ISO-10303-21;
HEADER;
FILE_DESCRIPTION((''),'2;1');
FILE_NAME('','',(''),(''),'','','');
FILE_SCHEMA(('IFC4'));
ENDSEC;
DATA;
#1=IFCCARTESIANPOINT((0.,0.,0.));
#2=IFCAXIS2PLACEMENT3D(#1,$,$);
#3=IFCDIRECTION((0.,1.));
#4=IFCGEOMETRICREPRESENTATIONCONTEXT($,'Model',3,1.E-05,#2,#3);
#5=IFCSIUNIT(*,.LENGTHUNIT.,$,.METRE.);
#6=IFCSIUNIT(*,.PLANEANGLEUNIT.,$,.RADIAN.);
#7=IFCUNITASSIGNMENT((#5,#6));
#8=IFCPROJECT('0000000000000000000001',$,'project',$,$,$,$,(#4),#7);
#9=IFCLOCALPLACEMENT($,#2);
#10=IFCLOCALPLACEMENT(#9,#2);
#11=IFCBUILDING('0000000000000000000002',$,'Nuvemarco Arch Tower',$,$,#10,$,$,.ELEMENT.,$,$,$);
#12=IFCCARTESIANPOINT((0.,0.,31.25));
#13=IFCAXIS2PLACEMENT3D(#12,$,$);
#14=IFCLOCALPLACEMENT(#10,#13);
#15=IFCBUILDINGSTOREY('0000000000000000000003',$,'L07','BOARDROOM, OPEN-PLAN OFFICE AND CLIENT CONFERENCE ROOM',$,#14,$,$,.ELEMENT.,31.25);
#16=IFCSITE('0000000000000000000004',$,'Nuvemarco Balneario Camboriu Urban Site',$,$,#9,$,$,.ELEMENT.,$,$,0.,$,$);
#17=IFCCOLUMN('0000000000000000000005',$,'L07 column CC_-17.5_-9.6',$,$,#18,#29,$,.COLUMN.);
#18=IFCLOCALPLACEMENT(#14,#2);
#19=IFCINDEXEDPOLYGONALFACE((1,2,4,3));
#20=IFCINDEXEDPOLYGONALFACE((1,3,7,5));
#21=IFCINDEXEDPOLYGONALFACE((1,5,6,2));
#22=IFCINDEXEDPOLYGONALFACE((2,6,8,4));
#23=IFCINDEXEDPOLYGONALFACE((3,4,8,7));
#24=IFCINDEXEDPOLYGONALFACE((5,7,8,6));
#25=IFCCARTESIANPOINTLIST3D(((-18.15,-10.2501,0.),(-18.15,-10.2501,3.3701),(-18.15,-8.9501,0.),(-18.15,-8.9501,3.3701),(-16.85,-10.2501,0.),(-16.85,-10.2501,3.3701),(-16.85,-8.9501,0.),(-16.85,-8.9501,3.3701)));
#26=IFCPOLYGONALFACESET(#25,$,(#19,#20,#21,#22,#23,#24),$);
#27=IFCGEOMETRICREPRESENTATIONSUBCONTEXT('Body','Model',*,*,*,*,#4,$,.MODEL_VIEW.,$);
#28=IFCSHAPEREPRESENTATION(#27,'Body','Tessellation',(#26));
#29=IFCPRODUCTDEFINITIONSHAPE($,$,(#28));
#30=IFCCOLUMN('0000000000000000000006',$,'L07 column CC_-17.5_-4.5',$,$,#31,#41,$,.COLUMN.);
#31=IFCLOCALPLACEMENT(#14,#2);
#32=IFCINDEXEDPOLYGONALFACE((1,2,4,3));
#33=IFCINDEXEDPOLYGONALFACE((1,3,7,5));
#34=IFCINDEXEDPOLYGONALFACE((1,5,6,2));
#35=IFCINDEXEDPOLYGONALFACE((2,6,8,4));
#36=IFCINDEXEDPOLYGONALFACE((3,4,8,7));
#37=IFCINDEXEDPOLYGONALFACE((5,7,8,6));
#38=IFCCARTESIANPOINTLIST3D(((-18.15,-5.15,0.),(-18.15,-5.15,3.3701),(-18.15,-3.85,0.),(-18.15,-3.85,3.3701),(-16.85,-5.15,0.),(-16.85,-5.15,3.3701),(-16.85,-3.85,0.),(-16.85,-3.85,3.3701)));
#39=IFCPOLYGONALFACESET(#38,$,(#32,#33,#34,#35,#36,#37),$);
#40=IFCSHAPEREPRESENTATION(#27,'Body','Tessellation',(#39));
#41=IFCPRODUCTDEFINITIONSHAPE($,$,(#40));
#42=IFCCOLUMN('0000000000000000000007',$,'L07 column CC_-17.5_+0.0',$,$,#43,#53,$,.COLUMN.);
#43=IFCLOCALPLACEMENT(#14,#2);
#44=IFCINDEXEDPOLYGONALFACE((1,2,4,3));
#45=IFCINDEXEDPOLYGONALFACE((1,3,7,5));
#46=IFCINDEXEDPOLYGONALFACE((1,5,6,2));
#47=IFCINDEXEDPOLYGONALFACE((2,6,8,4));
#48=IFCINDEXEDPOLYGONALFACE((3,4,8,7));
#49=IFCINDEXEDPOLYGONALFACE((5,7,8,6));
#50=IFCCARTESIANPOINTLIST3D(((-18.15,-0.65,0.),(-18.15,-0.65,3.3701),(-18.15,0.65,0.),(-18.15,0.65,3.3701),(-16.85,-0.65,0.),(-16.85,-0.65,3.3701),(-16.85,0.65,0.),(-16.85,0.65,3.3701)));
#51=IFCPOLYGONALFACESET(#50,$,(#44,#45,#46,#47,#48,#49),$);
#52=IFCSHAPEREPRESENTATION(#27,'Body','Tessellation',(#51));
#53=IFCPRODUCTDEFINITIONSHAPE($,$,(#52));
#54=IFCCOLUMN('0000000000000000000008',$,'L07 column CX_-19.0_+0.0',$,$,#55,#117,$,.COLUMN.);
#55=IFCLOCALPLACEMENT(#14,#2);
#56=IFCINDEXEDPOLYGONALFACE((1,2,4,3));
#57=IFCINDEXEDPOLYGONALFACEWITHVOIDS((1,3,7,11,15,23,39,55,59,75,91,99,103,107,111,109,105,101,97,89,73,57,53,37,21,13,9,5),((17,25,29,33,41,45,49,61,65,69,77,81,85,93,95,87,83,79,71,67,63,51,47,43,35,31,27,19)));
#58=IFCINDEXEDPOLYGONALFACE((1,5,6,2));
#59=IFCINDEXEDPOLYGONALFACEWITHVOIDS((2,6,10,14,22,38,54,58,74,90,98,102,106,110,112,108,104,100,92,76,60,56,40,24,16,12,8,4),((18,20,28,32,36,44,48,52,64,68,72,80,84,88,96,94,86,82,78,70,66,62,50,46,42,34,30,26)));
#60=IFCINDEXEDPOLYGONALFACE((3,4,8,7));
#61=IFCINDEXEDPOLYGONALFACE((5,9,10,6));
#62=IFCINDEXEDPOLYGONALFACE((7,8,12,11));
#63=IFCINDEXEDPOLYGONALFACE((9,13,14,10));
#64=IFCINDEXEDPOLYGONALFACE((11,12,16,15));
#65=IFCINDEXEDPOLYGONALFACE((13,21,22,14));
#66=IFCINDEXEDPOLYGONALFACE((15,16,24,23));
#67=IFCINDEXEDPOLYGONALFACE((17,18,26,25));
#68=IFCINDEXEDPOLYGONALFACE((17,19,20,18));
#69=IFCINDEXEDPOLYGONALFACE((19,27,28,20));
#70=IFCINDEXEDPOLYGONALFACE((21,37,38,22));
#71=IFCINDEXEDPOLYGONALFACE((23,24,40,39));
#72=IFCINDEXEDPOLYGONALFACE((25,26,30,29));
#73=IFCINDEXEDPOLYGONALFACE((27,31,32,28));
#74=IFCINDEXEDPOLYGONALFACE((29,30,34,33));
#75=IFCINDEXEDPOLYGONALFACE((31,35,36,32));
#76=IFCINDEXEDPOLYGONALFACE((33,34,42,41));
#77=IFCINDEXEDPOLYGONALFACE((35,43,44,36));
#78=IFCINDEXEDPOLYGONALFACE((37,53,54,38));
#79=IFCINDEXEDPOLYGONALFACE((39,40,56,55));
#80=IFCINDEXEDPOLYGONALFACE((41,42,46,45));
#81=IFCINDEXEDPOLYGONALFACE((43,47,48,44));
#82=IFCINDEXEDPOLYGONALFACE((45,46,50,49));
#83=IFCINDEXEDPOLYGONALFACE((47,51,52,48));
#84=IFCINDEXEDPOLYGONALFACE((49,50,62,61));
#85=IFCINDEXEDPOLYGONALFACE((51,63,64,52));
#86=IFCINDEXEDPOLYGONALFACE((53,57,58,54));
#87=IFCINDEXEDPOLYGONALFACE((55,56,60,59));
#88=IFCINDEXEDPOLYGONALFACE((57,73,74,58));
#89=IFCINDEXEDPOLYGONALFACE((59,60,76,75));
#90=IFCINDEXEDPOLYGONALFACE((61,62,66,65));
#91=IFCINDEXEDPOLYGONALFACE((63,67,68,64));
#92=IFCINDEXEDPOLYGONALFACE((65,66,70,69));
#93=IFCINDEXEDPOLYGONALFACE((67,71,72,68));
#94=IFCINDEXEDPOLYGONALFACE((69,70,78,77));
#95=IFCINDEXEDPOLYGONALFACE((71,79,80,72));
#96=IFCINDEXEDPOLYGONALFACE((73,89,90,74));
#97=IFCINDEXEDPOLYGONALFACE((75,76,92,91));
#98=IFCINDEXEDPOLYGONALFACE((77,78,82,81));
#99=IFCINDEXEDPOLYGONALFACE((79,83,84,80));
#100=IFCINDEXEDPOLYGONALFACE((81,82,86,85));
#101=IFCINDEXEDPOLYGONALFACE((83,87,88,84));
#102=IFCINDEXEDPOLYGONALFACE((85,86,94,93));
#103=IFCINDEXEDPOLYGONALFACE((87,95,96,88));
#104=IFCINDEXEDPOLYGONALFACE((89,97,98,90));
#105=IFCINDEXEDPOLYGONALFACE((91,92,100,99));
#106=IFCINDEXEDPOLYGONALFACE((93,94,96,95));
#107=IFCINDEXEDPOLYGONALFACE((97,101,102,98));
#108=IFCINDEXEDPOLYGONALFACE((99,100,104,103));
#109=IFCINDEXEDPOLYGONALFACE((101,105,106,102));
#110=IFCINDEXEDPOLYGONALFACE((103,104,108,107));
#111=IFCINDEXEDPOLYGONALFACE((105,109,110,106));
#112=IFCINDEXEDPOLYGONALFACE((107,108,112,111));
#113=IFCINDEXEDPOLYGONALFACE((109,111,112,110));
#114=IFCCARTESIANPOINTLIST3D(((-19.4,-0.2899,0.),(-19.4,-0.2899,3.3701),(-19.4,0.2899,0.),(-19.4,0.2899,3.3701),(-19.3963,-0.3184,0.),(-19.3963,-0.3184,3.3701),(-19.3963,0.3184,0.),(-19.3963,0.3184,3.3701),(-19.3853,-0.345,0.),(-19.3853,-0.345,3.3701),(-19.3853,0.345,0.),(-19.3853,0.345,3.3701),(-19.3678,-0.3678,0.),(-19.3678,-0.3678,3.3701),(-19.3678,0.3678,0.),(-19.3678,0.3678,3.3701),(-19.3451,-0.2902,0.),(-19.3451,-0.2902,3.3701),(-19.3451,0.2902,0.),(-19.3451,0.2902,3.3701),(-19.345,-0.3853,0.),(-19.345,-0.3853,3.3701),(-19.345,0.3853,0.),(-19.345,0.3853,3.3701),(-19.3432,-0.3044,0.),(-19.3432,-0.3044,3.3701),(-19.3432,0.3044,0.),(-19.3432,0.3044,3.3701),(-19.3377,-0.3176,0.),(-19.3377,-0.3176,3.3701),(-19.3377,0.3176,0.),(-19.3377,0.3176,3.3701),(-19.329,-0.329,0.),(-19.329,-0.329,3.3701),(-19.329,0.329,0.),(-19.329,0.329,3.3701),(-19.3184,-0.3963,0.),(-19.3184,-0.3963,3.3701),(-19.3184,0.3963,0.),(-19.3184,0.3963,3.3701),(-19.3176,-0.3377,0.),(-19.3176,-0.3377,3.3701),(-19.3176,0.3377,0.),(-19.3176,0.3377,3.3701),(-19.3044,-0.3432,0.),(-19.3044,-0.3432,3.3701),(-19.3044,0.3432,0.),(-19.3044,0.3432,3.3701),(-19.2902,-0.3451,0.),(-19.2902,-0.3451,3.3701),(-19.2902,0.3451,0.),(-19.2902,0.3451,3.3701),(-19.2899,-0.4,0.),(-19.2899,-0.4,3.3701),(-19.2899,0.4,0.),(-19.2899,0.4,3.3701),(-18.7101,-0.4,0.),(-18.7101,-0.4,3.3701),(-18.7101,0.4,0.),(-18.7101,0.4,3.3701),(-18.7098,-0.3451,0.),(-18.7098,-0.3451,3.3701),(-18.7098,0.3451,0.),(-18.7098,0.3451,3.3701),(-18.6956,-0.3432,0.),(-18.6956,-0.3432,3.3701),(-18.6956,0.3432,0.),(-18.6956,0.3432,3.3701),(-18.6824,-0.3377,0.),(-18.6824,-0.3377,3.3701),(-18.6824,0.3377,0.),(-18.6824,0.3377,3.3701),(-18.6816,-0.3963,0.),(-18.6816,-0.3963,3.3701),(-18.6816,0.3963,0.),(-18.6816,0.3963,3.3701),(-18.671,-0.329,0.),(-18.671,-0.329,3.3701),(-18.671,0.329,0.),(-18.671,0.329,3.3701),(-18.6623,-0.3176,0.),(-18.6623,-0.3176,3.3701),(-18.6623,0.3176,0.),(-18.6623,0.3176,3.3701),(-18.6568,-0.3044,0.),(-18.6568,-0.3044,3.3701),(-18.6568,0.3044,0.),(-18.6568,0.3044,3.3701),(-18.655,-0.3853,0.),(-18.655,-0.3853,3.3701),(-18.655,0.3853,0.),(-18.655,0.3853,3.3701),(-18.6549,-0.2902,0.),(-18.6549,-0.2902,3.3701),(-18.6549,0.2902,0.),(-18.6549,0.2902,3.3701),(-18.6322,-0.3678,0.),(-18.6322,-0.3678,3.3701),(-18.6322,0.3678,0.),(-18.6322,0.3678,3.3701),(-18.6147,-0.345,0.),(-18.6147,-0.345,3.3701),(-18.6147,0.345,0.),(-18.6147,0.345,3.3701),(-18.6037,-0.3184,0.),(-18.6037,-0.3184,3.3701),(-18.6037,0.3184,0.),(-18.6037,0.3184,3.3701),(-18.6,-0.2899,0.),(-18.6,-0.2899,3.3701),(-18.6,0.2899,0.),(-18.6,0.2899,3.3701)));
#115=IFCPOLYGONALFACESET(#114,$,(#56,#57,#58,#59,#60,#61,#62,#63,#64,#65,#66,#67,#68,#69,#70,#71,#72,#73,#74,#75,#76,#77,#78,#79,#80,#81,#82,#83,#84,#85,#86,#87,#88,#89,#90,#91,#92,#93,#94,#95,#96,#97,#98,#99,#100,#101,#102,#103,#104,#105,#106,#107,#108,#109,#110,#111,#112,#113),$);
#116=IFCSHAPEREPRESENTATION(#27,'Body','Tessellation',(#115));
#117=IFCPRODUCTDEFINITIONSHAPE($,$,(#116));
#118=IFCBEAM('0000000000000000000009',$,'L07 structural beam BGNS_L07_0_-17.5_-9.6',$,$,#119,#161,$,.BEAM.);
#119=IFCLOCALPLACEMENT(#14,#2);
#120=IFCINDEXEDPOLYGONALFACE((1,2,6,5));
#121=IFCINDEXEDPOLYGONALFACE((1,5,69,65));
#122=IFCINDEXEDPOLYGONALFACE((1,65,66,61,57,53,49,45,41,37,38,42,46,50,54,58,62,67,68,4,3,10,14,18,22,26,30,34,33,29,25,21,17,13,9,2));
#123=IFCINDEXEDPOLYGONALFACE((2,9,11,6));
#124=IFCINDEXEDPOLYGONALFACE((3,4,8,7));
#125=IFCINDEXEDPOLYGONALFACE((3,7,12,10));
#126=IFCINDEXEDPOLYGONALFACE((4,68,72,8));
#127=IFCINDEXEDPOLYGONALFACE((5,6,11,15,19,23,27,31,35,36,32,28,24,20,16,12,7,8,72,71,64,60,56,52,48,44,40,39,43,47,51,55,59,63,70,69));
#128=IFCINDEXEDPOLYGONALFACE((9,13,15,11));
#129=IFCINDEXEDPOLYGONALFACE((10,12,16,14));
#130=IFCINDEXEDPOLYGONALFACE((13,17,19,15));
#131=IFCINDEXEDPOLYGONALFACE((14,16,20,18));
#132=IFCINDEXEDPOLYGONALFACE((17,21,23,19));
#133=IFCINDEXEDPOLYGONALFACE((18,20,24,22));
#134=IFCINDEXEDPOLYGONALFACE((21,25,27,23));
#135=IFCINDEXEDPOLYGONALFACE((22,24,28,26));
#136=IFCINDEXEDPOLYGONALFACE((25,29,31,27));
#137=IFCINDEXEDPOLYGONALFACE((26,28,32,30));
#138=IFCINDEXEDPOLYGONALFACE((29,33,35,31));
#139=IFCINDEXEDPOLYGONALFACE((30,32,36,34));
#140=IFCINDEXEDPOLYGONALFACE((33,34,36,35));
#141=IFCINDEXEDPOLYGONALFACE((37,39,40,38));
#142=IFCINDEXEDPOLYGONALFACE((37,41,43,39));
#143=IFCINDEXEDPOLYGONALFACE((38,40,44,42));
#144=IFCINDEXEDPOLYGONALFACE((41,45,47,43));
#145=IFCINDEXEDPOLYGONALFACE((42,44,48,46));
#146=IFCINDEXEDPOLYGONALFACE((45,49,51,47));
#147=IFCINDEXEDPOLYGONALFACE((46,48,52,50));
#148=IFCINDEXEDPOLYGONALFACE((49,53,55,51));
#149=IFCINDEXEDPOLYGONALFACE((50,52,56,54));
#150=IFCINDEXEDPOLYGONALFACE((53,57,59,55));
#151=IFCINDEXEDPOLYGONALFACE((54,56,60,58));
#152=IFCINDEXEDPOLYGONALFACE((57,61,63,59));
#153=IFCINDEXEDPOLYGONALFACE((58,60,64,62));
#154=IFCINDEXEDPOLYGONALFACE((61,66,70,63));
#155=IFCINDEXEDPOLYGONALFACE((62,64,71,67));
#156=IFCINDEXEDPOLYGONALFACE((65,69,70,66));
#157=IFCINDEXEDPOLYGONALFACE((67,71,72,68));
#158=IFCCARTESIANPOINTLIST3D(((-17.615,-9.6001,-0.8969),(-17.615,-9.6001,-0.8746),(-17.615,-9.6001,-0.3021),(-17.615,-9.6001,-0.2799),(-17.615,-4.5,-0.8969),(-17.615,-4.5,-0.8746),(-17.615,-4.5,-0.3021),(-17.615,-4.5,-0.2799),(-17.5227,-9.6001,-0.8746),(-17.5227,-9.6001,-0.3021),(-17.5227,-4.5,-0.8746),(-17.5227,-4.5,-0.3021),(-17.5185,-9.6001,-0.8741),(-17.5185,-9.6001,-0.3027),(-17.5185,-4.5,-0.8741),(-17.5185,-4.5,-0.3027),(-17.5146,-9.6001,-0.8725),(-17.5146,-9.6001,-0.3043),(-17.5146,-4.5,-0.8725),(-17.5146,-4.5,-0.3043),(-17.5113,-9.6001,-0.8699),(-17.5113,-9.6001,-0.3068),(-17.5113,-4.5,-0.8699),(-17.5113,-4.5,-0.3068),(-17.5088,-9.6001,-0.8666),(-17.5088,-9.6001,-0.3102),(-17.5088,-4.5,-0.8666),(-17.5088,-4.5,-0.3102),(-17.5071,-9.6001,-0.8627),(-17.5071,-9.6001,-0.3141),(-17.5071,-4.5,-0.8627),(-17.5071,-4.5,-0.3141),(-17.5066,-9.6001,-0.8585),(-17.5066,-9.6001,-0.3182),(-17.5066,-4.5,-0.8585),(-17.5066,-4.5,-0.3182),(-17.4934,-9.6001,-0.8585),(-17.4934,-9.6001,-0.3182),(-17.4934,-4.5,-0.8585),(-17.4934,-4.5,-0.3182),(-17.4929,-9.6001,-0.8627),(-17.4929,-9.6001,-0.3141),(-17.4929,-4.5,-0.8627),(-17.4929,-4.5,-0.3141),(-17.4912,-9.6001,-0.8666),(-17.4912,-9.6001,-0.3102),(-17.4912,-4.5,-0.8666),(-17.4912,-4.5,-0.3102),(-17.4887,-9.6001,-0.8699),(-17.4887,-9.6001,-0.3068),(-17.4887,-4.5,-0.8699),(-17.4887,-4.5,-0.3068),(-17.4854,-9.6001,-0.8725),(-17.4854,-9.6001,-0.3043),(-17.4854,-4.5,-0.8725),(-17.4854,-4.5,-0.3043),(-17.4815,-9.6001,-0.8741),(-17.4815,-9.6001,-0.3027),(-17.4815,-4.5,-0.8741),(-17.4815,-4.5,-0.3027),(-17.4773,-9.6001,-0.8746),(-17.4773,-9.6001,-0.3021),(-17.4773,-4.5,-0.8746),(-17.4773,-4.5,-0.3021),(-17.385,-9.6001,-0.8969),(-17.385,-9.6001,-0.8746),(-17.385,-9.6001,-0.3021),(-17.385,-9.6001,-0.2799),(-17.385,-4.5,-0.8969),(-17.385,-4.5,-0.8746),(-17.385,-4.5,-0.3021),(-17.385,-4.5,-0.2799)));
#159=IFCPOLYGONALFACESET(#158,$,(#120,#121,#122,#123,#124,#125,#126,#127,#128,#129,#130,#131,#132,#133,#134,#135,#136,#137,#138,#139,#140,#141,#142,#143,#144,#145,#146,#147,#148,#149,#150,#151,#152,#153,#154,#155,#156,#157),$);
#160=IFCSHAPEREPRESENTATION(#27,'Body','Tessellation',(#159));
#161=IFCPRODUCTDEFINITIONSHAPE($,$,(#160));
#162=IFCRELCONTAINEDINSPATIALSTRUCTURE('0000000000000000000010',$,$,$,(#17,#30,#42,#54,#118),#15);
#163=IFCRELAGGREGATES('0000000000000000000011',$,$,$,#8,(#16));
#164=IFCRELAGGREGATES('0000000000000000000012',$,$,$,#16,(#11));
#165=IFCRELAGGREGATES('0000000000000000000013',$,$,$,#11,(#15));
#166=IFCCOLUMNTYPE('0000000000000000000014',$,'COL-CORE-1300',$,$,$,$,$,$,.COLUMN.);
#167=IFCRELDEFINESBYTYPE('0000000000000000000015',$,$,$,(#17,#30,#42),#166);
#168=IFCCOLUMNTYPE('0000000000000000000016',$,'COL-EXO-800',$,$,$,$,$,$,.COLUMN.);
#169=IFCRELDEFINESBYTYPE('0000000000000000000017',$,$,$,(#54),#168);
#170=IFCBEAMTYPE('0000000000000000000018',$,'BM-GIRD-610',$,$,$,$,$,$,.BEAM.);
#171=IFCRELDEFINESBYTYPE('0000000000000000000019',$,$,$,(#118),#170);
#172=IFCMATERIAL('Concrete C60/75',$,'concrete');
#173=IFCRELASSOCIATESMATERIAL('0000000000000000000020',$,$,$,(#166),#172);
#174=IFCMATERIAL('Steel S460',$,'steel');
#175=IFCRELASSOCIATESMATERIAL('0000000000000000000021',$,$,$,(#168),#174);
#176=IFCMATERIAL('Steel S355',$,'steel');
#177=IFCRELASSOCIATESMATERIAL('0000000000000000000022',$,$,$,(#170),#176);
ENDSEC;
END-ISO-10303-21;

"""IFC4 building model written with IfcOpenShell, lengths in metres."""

from ifc_helpers import new_model, si_unit, direction, frame, origin, origin_2d, place, context, subcontext, project, spatial, rectangle, hollow_rectangle, i_section, extrude, material, material_profile, profile_set, type_object, element, save


model = new_model("IFC4")

# Units and contexts
model_context = context("Model", 3, precision=1e-05, world=origin(), true_north=direction((0.0, 1.0)))
body_context = subcontext(model_context, "Body", "Model", "MODEL_VIEW")
ifc_project = project(units=[si_unit("LENGTHUNIT", "METRE"), si_unit("PLANEANGLEUNIT", "RADIAN")], contexts=[model_context])

# Site, building, storey
site_placement = place(None, origin())
site = spatial("IfcSite", under=ifc_project, at=site_placement, Name="Nuvemarco Balneario Camboriu Urban Site", CompositionType="ELEMENT", RefElevation=0.0)
building_placement = place(site_placement, origin())
building = spatial("IfcBuilding", under=site, at=building_placement, Name="Nuvemarco Arch Tower", CompositionType="ELEMENT")
storey_placement = place(building_placement, frame((0.0, 0.0, 31.25)))
storey = spatial("IfcBuildingStorey", under=building, at=storey_placement, Name="L07", Description="BOARDROOM, OPEN-PLAN OFFICE AND CLIENT CONFERENCE ROOM", CompositionType="ELEMENT", Elevation=31.25)

# Columns
ifc_material_1 = material(Name="Concrete C60/75", Category="concrete")
ifc_material_profile_1 = material_profile(ifc_material_1, rectangle(XDim=1.3, YDim=1.3, at=origin_2d()), Name="RC-COL-1300x1300")
ifc_profile_set_1 = profile_set([ifc_material_profile_1], Name="Concrete C60/75")
column_type_1 = type_object("IfcColumnType", Name="COL-CORE-1300", PredefinedType="COLUMN", material=ifc_profile_set_1)
for number, where, z_axis, x_axis, name in (
    (1, (-17.5, -9.6001, 0.0), (0.0, 0.0, 1.0), (1.0, 0.0, 0.0), "L07 column CC_-17.5_-9.6"),
    (2, (-17.5, -4.5, 0.0), (0.0, 0.0, 1.0), (1.0, 0.0, 0.0), "L07 column CC_-17.5_-4.5"),
    (3, (-17.5, 0.0, 0.0), (0.0, 0.0, 1.0), (1.0, 0.0, 0.0), "L07 column CC_-17.5_+0.0"),
):
    element("IfcColumn", number, at=place(storey_placement, frame(where, z_axis=z_axis, x_axis=x_axis)), inside=storey, type_object=column_type_1, Name=name, PredefinedType="COLUMN", context=body_context, shape_type="SweptSolid", body=[
        extrude(rectangle(XDim=1.3, YDim=1.3, at=origin_2d()), origin(), (0.0, 0.0, 1.0), 3.3701),
    ])
ifc_material_2 = material(Name="Steel S460", Category="steel")
ifc_material_profile_2 = material_profile(ifc_material_2, hollow_rectangle(XDim=0.8, YDim=0.8, WallThickness=0.0549, InnerFilletRadius=0.0549, OuterFilletRadius=0.1101, at=origin_2d()), Name="SHS800x800x55")
ifc_profile_set_2 = profile_set([ifc_material_profile_2], Name="Steel S460")
column_type_2 = type_object("IfcColumnType", Name="COL-EXO-800", PredefinedType="COLUMN", material=ifc_profile_set_2)
column_placement = place(storey_placement, frame((-19.0, 0.0, 0.0), z_axis=(0.0, 0.0, 1.0), x_axis=(1.0, 0.0, 0.0)))
element("IfcColumn", 4, at=column_placement, inside=storey, type_object=column_type_2, Name="L07 column CX_-19.0_+0.0", PredefinedType="COLUMN", context=body_context, shape_type="SweptSolid", body=[
    extrude(hollow_rectangle(XDim=0.8, YDim=0.8, WallThickness=0.0549, InnerFilletRadius=0.0549, OuterFilletRadius=0.1101, at=origin_2d()), origin(), (0.0, 0.0, 1.0), 3.3701),
])

# Beam
ifc_material_3 = material(Name="Steel S355", Category="steel")
ifc_material_profile_3 = material_profile(ifc_material_3, i_section(OverallWidth=0.23, OverallDepth=0.6169, WebThickness=0.0132, FlangeThickness=0.0222, FilletRadius=0.0161, at=origin_2d()), Name="W610x140")
ifc_profile_set_3 = profile_set([ifc_material_profile_3], Name="Steel S355")
beam_type_1 = type_object("IfcBeamType", Name="BM-GIRD-610", PredefinedType="BEAM", material=ifc_profile_set_3)
beam_1_placement = place(storey_placement, frame((-17.5, -9.6001, -0.5884), z_axis=(0.0, 1.0, 0.0), x_axis=(-1.0, 0.0, 0.0)))
element("IfcBeam", 5, at=beam_1_placement, inside=storey, type_object=beam_type_1, Name="L07 structural beam BGNS_L07_0_-17.5_-9.6", PredefinedType="BEAM", context=body_context, shape_type="SweptSolid", body=[
    extrude(i_section(OverallWidth=0.23, OverallDepth=0.6169, WebThickness=0.0132, FlangeThickness=0.0222, FilletRadius=0.0161, at=origin_2d()), origin(), (0.0, 0.0, 1.0), 5.1001),
])

save(model, "model.ifc")
